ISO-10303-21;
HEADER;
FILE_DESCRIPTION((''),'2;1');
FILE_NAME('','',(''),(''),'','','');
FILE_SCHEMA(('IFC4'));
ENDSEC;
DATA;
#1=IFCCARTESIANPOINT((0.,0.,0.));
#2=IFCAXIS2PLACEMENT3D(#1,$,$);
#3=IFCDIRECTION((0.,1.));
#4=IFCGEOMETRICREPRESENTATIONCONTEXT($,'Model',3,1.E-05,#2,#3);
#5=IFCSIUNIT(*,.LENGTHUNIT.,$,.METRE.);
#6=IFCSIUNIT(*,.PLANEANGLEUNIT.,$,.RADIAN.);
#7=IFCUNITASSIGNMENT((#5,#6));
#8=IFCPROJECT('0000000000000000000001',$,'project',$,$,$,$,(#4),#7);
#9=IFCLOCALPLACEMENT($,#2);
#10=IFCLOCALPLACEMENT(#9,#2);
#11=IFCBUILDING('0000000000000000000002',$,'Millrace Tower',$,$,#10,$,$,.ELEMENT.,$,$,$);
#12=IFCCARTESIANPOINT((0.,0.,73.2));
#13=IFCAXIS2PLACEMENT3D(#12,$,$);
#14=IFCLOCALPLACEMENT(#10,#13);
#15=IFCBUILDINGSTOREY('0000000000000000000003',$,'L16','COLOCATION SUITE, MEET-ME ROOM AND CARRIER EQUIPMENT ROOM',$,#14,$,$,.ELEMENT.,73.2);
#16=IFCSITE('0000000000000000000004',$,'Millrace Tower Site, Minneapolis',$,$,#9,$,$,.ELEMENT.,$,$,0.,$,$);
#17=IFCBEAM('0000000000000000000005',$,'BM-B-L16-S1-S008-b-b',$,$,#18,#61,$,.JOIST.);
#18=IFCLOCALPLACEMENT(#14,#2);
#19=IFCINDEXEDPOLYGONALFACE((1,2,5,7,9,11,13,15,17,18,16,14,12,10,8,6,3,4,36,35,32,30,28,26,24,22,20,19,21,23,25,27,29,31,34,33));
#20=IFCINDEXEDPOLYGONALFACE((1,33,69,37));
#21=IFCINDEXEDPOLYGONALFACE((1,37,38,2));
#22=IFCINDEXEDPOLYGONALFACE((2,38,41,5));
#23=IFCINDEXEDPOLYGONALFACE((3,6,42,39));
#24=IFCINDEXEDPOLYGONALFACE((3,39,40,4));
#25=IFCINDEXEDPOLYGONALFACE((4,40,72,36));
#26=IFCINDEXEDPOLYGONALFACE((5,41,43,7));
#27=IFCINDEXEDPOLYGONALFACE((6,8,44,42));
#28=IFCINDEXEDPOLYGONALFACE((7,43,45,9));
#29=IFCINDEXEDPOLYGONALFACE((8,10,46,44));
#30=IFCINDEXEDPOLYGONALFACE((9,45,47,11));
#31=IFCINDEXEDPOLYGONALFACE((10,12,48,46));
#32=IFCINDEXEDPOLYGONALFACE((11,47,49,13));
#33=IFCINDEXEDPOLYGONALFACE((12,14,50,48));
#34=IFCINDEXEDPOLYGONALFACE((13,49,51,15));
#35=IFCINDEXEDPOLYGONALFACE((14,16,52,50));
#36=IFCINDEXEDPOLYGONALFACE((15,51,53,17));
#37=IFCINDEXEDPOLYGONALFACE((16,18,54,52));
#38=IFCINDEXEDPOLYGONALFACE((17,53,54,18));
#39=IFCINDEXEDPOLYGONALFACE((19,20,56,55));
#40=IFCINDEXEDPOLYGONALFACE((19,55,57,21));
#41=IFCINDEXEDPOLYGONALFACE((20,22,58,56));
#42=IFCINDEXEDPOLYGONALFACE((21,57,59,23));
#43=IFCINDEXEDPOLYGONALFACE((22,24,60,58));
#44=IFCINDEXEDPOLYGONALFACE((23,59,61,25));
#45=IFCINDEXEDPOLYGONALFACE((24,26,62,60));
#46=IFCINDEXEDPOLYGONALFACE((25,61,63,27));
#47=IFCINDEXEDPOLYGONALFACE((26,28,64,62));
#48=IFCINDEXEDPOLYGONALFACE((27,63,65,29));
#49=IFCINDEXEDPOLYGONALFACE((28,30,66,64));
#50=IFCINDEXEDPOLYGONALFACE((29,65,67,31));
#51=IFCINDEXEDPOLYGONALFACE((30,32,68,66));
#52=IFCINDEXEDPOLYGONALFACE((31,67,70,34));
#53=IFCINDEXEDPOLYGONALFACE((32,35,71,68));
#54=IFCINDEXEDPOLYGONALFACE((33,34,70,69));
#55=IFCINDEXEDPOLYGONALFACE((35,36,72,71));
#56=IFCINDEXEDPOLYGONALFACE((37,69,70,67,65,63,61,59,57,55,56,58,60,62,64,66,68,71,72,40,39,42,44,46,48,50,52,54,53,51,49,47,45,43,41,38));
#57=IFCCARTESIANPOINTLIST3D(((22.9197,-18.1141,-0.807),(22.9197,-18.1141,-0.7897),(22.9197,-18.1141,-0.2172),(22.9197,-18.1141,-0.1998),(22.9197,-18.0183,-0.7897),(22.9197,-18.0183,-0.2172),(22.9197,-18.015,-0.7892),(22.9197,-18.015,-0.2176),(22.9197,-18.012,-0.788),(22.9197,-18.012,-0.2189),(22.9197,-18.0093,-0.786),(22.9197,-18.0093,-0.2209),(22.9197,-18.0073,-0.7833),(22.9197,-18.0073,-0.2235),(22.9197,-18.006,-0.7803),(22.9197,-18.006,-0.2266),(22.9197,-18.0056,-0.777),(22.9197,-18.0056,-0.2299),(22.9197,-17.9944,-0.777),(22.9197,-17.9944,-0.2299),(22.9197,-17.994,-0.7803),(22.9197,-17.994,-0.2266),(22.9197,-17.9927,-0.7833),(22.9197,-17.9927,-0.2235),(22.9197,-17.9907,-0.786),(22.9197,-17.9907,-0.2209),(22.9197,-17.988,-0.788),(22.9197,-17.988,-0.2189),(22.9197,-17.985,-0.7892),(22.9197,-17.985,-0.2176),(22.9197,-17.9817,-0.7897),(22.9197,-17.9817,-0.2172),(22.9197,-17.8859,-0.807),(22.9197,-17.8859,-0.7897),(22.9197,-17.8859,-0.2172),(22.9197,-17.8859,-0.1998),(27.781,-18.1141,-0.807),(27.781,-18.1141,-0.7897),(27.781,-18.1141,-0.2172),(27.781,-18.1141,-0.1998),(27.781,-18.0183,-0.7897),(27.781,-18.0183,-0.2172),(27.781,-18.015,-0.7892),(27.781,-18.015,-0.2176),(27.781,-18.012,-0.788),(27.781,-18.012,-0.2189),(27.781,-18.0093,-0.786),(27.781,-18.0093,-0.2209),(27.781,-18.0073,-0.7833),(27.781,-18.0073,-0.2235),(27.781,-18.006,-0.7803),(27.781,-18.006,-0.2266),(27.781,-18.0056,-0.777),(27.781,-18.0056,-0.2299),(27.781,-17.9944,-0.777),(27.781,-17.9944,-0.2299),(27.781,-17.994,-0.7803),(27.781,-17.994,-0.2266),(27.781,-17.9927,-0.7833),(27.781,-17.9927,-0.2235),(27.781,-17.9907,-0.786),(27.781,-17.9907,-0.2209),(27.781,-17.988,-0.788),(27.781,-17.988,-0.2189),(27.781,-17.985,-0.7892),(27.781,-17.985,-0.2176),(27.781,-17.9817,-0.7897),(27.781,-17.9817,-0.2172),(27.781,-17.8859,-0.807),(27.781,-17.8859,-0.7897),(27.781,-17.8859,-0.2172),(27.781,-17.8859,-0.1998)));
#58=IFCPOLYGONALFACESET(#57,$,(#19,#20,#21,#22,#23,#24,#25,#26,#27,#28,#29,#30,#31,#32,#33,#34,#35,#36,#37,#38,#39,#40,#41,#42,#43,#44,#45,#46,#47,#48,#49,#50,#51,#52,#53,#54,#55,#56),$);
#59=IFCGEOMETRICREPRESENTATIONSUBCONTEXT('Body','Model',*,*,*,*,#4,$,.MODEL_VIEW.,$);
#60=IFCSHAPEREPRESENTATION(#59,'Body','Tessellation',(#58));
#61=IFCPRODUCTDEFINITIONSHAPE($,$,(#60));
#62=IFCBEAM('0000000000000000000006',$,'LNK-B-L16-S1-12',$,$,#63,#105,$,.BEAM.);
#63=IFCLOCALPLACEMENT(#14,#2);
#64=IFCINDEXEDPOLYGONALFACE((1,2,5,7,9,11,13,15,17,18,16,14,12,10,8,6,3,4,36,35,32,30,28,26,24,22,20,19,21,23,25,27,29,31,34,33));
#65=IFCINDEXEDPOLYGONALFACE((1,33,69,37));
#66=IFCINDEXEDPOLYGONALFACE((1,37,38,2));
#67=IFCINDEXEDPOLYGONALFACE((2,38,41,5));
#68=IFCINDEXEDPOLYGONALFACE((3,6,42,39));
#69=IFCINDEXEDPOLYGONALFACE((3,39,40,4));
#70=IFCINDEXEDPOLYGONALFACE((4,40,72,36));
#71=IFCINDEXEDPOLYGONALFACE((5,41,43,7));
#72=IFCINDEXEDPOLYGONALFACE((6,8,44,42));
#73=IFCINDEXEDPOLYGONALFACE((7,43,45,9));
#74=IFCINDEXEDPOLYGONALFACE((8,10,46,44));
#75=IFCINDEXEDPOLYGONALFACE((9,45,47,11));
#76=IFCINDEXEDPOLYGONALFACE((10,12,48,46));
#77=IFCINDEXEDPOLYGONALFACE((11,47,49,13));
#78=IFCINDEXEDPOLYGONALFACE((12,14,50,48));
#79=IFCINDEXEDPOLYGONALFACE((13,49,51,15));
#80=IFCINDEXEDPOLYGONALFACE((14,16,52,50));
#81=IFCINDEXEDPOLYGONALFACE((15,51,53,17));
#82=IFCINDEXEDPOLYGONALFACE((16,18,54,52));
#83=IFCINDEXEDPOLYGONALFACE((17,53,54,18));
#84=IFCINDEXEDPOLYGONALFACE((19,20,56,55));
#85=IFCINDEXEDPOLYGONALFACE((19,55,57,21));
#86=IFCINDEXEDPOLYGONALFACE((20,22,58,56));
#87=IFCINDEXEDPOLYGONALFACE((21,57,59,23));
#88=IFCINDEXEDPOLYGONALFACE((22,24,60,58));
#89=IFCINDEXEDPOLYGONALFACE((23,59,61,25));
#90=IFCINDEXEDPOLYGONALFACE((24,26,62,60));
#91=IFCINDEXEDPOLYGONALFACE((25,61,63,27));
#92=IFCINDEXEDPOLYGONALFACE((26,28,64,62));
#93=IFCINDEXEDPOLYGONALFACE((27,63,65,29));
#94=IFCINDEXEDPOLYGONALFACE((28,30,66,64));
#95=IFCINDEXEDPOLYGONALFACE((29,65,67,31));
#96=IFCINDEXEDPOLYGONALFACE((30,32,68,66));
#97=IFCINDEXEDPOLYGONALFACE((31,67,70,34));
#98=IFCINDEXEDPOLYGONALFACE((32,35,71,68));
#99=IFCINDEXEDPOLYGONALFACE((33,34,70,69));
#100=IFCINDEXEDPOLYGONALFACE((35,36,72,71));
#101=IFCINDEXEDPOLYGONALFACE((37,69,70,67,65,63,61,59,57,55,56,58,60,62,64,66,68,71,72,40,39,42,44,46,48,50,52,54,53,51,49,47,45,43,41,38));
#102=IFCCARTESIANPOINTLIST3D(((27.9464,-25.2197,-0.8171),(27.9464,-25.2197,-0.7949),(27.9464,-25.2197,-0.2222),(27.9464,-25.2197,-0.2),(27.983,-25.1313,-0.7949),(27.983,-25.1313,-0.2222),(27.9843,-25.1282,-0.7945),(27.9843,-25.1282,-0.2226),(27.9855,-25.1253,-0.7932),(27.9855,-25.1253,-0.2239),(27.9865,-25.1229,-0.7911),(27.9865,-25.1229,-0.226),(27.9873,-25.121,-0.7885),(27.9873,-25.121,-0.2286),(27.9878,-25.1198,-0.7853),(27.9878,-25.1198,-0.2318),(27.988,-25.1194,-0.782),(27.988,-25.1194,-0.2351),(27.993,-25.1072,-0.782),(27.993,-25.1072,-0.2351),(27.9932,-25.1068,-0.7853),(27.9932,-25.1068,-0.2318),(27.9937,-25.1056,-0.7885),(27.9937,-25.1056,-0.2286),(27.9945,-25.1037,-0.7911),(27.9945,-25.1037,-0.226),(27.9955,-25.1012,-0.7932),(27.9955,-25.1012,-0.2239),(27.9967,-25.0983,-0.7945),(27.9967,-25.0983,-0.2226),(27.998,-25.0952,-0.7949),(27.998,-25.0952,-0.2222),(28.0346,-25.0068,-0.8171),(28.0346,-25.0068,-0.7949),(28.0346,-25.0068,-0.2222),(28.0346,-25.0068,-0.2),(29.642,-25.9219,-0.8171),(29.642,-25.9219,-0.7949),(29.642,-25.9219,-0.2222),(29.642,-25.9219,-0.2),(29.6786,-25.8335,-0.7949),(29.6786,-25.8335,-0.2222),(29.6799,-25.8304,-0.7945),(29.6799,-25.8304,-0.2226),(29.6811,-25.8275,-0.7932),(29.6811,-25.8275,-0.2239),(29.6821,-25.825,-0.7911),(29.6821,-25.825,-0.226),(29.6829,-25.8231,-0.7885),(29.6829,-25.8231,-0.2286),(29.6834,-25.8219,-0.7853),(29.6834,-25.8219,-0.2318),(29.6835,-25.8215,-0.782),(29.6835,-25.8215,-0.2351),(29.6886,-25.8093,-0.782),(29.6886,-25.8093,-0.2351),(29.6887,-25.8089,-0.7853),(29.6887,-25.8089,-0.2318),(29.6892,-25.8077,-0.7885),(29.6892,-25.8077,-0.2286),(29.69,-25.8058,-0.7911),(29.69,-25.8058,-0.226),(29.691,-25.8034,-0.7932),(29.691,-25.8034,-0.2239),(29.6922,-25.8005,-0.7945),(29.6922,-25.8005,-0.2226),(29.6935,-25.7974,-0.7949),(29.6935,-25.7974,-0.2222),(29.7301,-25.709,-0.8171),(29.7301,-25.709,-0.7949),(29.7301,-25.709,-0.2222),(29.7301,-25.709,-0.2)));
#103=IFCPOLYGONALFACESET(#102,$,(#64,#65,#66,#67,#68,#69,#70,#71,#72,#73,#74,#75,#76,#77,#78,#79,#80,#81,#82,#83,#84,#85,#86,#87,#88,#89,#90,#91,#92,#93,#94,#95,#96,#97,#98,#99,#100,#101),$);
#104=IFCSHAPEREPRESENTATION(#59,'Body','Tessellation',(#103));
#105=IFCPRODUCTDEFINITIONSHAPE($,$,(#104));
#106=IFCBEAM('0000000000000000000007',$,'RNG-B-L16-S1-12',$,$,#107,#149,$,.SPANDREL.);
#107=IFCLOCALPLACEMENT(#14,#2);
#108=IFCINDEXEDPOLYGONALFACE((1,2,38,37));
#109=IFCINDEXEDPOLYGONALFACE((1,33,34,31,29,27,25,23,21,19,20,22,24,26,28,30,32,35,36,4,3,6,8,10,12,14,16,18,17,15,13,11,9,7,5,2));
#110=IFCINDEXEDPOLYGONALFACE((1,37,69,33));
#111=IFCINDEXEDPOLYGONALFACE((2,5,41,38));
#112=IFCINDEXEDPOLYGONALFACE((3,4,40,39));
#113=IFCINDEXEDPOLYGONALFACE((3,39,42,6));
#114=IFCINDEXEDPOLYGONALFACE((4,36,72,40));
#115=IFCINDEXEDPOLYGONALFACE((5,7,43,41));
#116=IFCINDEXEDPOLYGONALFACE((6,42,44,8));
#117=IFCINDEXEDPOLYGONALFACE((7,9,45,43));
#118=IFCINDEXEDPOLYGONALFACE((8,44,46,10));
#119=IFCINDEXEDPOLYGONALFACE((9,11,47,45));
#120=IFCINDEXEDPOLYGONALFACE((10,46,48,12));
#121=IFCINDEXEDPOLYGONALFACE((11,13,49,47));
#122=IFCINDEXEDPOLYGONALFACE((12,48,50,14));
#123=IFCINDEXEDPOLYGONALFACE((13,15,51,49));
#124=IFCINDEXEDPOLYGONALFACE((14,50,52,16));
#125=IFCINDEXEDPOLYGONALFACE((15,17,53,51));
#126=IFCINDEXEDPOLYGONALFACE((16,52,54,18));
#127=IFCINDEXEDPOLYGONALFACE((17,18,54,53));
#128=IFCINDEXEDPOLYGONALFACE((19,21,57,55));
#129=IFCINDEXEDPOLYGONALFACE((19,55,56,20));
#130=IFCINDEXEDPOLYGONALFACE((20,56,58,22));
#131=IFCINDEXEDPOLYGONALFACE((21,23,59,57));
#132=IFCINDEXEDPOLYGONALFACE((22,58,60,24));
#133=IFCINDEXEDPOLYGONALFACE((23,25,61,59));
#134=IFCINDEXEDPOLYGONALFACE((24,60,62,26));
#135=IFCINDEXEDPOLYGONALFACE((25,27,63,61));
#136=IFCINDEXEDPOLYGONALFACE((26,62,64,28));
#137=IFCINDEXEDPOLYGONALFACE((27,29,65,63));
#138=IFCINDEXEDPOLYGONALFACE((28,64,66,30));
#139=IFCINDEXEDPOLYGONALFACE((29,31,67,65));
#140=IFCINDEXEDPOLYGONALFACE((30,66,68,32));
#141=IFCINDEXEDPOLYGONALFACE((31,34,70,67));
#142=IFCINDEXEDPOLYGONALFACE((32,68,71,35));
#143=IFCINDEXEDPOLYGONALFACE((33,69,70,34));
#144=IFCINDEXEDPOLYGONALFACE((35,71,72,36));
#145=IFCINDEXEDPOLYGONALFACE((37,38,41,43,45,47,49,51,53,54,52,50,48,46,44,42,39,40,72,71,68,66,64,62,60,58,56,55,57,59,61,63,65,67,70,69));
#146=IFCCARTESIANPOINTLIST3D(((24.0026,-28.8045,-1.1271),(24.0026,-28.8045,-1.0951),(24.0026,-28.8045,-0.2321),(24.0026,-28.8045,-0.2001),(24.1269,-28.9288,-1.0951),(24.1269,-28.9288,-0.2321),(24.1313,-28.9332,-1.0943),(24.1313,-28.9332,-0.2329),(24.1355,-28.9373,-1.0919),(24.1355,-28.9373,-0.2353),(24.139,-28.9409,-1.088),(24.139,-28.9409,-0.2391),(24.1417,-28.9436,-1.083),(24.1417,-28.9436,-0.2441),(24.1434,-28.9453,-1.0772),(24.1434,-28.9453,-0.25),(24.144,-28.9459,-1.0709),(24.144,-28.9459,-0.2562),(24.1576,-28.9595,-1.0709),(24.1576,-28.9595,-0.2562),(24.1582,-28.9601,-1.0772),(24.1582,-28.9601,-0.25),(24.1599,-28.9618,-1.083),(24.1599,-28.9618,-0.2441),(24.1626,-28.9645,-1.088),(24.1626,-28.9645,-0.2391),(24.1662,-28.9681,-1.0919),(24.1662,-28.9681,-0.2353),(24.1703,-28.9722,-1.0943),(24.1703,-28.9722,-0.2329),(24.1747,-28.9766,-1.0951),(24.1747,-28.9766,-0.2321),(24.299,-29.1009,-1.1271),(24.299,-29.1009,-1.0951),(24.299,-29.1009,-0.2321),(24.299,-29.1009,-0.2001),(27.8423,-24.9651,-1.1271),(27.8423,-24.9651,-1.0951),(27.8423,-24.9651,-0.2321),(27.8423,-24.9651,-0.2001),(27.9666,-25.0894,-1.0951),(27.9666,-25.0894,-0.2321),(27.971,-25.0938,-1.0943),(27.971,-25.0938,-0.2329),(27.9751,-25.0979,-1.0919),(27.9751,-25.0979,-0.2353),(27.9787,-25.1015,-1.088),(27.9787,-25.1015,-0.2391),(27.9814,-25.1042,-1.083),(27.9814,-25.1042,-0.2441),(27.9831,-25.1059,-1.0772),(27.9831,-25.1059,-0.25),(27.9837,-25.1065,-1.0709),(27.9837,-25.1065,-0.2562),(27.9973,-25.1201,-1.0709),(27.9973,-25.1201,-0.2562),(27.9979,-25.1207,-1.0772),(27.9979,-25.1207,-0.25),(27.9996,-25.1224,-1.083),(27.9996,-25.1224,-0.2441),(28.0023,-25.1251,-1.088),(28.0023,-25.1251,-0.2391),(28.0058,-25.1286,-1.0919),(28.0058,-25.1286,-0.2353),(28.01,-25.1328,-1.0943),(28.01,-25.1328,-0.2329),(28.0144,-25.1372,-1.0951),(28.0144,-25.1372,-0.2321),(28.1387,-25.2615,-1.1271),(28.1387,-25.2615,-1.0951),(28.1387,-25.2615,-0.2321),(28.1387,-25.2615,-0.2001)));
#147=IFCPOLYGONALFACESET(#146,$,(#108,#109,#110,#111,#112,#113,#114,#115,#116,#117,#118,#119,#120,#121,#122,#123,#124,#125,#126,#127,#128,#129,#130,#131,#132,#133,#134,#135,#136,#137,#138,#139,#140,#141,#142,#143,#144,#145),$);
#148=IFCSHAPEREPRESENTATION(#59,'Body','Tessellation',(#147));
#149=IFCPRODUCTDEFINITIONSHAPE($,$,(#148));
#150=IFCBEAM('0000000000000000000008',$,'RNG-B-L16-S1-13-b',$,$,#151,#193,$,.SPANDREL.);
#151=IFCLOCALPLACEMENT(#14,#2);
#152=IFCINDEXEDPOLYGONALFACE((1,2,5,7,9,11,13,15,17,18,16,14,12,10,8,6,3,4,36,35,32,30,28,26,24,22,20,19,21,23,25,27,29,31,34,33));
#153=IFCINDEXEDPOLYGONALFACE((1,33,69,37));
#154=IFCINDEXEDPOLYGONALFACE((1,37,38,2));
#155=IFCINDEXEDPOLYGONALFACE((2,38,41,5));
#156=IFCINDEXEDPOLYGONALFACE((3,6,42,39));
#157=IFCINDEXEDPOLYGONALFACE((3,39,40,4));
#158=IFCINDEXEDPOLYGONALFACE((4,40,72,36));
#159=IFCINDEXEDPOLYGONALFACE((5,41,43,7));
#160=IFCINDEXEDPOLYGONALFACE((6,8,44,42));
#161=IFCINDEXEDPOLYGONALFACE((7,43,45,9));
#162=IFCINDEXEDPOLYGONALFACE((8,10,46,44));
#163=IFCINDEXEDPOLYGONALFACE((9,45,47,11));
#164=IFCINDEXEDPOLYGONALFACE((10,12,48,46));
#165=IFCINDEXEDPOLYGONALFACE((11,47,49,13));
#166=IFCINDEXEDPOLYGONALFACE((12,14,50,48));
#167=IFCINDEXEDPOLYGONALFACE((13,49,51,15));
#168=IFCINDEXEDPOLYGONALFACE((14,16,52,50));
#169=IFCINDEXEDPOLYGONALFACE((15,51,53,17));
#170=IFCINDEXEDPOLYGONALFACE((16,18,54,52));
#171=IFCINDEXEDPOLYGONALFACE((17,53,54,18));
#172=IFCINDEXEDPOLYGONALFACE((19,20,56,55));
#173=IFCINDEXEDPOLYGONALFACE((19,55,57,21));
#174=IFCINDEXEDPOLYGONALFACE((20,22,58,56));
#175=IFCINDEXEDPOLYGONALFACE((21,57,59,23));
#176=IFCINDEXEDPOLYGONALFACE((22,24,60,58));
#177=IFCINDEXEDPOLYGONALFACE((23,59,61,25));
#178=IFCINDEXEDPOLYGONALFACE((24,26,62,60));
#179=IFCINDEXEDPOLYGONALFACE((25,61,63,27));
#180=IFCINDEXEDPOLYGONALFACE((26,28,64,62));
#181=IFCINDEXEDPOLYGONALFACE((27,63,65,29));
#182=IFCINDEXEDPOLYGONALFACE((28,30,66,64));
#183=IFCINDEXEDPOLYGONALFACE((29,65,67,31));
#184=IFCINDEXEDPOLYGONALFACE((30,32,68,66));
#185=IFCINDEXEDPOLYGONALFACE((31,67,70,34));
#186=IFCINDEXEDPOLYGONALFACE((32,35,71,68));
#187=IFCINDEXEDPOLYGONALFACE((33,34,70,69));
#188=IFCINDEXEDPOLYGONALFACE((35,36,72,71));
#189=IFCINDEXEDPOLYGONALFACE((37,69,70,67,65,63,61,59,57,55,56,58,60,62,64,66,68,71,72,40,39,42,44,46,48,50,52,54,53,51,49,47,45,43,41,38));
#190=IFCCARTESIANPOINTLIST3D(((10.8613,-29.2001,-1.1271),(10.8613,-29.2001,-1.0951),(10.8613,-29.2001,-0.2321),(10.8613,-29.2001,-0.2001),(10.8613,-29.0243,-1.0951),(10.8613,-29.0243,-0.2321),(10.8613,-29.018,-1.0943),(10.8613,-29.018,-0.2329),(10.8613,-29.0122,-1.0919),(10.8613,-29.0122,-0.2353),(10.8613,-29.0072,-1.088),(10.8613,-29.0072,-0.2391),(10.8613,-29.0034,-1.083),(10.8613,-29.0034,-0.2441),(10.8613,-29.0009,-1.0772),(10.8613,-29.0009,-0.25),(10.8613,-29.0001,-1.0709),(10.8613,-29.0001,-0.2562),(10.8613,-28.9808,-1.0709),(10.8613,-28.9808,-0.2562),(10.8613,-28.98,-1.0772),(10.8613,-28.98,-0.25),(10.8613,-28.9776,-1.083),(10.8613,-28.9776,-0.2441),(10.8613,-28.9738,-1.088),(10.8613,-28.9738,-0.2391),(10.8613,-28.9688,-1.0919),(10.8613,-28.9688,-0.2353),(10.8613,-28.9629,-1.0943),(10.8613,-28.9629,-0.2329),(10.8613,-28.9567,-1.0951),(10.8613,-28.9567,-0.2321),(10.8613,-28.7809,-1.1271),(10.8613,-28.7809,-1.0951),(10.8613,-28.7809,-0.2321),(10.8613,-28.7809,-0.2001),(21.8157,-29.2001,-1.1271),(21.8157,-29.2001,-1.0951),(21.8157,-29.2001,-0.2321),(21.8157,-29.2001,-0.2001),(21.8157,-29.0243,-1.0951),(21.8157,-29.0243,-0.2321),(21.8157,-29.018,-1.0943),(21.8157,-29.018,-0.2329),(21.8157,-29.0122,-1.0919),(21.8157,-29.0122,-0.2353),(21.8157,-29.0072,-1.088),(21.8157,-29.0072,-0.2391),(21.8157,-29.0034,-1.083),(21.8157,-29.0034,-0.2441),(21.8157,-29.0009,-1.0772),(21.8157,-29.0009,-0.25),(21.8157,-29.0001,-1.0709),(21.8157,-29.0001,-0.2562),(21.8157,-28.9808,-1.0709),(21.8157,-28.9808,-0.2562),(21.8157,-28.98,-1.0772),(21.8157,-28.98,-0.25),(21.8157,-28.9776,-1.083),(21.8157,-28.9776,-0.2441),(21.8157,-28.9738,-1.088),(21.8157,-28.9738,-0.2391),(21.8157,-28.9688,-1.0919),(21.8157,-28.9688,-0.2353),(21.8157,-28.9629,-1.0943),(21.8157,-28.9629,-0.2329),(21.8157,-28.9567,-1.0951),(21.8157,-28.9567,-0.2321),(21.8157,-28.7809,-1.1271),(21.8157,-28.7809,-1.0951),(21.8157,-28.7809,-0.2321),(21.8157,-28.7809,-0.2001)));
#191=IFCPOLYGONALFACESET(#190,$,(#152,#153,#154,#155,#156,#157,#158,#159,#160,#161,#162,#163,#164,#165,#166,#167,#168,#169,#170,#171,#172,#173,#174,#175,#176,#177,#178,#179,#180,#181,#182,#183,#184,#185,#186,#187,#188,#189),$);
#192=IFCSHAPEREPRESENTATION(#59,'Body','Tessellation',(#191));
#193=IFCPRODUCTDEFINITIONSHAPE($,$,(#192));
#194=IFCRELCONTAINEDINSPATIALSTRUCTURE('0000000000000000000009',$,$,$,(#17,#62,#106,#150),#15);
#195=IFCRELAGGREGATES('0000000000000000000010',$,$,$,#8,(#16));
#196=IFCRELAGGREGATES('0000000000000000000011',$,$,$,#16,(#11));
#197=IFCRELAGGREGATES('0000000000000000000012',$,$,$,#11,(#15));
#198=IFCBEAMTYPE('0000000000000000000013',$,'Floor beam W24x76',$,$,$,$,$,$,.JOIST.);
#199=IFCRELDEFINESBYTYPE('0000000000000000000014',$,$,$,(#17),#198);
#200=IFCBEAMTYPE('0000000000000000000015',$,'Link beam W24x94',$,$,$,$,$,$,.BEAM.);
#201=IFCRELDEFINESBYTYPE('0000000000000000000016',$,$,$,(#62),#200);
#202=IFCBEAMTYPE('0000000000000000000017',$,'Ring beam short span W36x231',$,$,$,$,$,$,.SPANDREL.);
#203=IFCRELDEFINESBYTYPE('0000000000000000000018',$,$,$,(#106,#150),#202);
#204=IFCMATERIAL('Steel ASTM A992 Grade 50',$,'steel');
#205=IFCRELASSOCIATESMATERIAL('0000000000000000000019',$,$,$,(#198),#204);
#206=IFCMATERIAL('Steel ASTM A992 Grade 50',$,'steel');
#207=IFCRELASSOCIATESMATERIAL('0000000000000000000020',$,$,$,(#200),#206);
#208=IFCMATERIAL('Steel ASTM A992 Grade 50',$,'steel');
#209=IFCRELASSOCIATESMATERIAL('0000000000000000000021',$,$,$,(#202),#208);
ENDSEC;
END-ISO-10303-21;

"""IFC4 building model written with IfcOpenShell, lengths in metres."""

from ifc_helpers import new_model, si_unit, direction, frame, origin, origin_2d, place, context, subcontext, project, spatial, i_section, extrude, material, material_profile, profile_set, type_object, element, save


model = new_model("IFC4")

# Units and contexts
model_context = context("Model", 3, precision=1e-05, world=origin(), true_north=direction((0.0, 1.0)))
body_context = subcontext(model_context, "Body", "Model", "MODEL_VIEW")
ifc_project = project(units=[si_unit("LENGTHUNIT", "METRE"), si_unit("PLANEANGLEUNIT", "RADIAN")], contexts=[model_context])

# Site, building, storey
site_placement = place(None, origin())
site = spatial("IfcSite", under=ifc_project, at=site_placement, Name="Millrace Tower Site, Minneapolis", CompositionType="ELEMENT", RefElevation=0.0)
building_placement = place(site_placement, origin())
building = spatial("IfcBuilding", under=site, at=building_placement, Name="Millrace Tower", CompositionType="ELEMENT")
storey_placement = place(building_placement, frame((0.0, 0.0, 73.2)))
storey = spatial("IfcBuildingStorey", under=building, at=storey_placement, Name="L16", Description="COLOCATION SUITE, MEET-ME ROOM AND CARRIER EQUIPMENT ROOM", CompositionType="ELEMENT", Elevation=73.2)

# Beams
ifc_material_1 = material(Name="Steel ASTM A992 Grade 50", Category="steel")
ifc_material_profile_1 = material_profile(ifc_material_1, i_section(OverallWidth=0.2283, OverallDepth=0.6072, WebThickness=0.0112, FlangeThickness=0.0173, FilletRadius=0.0127, at=origin_2d()))
ifc_profile_set_1 = profile_set([ifc_material_profile_1], Name="Steel ASTM A992 Grade 50")
beam_type_1 = type_object("IfcBeamType", Name="Floor beam W24x76", PredefinedType="JOIST", material=ifc_profile_set_1)
beam_1_placement = place(storey_placement, frame((22.9197, -18.0, -0.5034), z_axis=(1.0, 0.0, 0.0), x_axis=(0.0, 1.0, 0.0)))
element("IfcBeam", 1, at=beam_1_placement, inside=storey, type_object=beam_type_1, Name="BM-B-L16-S1-S008-b-b", PredefinedType="JOIST", context=body_context, shape_type="SweptSolid", body=[
    extrude(i_section(OverallWidth=0.2283, OverallDepth=0.6072, WebThickness=0.0112, FlangeThickness=0.0173, FilletRadius=0.0127, at=origin_2d()), origin(), (0.0, 0.0, 1.0), 4.8613),
])
ifc_material_2 = material(Name="Steel ASTM A992 Grade 50", Category="steel")
ifc_material_profile_2 = material_profile(ifc_material_2, i_section(OverallWidth=0.2305, OverallDepth=0.6172, WebThickness=0.0132, FlangeThickness=0.0222, FilletRadius=0.0129, at=origin_2d()))
ifc_profile_set_2 = profile_set([ifc_material_profile_2], Name="Steel ASTM A992 Grade 50")
beam_type_2 = type_object("IfcBeamType", Name="Link beam W24x94", PredefinedType="BEAM", material=ifc_profile_set_2)
beam_2_placement = place(storey_placement, frame((27.9905, -25.1133, -0.5085), z_axis=(0.923913, -0.382602, 0.0), x_axis=(0.382602, 0.923913, 0.0)))
element("IfcBeam", 2, at=beam_2_placement, inside=storey, type_object=beam_type_2, Name="LNK-B-L16-S1-12", PredefinedType="BEAM", context=body_context, shape_type="SweptSolid", body=[
    extrude(i_section(OverallWidth=0.2305, OverallDepth=0.6172, WebThickness=0.0132, FlangeThickness=0.0222, FilletRadius=0.0129, at=origin_2d()), origin(), (0.0, 0.0, 1.0), 1.8352),
])
ifc_material_3 = material(Name="Steel ASTM A992 Grade 50", Category="steel")
ifc_material_profile_3 = material_profile(ifc_material_3, i_section(OverallWidth=0.4192, OverallDepth=0.927, WebThickness=0.0193, FlangeThickness=0.032, FilletRadius=0.0242, at=origin_2d()))
ifc_profile_set_3 = profile_set([ifc_material_profile_3], Name="Steel ASTM A992 Grade 50")
beam_type_3 = type_object("IfcBeamType", Name="Ring beam short span W36x231", PredefinedType="SPANDREL", material=ifc_profile_set_3)
beam_3_placement = place(storey_placement, frame((27.9905, -25.1133, -0.6636), z_axis=(-0.707129, -0.707084, 0.0), x_axis=(0.707084, -0.707129, 0.0)))
element("IfcBeam", 3, at=beam_3_placement, inside=storey, type_object=beam_type_3, Name="RNG-B-L16-S1-12", PredefinedType="SPANDREL", context=body_context, shape_type="SweptSolid", body=[
    extrude(i_section(OverallWidth=0.4192, OverallDepth=0.927, WebThickness=0.0193, FlangeThickness=0.032, FilletRadius=0.0242, at=origin_2d()), origin(), (0.0, 0.0, 1.0), 5.4299),
])
beam_4_placement = place(storey_placement, frame((21.8157, -28.9905, -0.6636), z_axis=(-1.0, 0.0, 0.0), x_axis=(0.0, -1.0, 0.0)))
element("IfcBeam", 4, at=beam_4_placement, inside=storey, type_object=beam_type_3, Name="RNG-B-L16-S1-13-b", PredefinedType="SPANDREL", context=body_context, shape_type="SweptSolid", body=[
    extrude(i_section(OverallWidth=0.4192, OverallDepth=0.927, WebThickness=0.0193, FlangeThickness=0.032, FilletRadius=0.0242, at=origin_2d()), origin(), (0.0, 0.0, 1.0), 10.9543),
])

save(model, "model.ifc")
